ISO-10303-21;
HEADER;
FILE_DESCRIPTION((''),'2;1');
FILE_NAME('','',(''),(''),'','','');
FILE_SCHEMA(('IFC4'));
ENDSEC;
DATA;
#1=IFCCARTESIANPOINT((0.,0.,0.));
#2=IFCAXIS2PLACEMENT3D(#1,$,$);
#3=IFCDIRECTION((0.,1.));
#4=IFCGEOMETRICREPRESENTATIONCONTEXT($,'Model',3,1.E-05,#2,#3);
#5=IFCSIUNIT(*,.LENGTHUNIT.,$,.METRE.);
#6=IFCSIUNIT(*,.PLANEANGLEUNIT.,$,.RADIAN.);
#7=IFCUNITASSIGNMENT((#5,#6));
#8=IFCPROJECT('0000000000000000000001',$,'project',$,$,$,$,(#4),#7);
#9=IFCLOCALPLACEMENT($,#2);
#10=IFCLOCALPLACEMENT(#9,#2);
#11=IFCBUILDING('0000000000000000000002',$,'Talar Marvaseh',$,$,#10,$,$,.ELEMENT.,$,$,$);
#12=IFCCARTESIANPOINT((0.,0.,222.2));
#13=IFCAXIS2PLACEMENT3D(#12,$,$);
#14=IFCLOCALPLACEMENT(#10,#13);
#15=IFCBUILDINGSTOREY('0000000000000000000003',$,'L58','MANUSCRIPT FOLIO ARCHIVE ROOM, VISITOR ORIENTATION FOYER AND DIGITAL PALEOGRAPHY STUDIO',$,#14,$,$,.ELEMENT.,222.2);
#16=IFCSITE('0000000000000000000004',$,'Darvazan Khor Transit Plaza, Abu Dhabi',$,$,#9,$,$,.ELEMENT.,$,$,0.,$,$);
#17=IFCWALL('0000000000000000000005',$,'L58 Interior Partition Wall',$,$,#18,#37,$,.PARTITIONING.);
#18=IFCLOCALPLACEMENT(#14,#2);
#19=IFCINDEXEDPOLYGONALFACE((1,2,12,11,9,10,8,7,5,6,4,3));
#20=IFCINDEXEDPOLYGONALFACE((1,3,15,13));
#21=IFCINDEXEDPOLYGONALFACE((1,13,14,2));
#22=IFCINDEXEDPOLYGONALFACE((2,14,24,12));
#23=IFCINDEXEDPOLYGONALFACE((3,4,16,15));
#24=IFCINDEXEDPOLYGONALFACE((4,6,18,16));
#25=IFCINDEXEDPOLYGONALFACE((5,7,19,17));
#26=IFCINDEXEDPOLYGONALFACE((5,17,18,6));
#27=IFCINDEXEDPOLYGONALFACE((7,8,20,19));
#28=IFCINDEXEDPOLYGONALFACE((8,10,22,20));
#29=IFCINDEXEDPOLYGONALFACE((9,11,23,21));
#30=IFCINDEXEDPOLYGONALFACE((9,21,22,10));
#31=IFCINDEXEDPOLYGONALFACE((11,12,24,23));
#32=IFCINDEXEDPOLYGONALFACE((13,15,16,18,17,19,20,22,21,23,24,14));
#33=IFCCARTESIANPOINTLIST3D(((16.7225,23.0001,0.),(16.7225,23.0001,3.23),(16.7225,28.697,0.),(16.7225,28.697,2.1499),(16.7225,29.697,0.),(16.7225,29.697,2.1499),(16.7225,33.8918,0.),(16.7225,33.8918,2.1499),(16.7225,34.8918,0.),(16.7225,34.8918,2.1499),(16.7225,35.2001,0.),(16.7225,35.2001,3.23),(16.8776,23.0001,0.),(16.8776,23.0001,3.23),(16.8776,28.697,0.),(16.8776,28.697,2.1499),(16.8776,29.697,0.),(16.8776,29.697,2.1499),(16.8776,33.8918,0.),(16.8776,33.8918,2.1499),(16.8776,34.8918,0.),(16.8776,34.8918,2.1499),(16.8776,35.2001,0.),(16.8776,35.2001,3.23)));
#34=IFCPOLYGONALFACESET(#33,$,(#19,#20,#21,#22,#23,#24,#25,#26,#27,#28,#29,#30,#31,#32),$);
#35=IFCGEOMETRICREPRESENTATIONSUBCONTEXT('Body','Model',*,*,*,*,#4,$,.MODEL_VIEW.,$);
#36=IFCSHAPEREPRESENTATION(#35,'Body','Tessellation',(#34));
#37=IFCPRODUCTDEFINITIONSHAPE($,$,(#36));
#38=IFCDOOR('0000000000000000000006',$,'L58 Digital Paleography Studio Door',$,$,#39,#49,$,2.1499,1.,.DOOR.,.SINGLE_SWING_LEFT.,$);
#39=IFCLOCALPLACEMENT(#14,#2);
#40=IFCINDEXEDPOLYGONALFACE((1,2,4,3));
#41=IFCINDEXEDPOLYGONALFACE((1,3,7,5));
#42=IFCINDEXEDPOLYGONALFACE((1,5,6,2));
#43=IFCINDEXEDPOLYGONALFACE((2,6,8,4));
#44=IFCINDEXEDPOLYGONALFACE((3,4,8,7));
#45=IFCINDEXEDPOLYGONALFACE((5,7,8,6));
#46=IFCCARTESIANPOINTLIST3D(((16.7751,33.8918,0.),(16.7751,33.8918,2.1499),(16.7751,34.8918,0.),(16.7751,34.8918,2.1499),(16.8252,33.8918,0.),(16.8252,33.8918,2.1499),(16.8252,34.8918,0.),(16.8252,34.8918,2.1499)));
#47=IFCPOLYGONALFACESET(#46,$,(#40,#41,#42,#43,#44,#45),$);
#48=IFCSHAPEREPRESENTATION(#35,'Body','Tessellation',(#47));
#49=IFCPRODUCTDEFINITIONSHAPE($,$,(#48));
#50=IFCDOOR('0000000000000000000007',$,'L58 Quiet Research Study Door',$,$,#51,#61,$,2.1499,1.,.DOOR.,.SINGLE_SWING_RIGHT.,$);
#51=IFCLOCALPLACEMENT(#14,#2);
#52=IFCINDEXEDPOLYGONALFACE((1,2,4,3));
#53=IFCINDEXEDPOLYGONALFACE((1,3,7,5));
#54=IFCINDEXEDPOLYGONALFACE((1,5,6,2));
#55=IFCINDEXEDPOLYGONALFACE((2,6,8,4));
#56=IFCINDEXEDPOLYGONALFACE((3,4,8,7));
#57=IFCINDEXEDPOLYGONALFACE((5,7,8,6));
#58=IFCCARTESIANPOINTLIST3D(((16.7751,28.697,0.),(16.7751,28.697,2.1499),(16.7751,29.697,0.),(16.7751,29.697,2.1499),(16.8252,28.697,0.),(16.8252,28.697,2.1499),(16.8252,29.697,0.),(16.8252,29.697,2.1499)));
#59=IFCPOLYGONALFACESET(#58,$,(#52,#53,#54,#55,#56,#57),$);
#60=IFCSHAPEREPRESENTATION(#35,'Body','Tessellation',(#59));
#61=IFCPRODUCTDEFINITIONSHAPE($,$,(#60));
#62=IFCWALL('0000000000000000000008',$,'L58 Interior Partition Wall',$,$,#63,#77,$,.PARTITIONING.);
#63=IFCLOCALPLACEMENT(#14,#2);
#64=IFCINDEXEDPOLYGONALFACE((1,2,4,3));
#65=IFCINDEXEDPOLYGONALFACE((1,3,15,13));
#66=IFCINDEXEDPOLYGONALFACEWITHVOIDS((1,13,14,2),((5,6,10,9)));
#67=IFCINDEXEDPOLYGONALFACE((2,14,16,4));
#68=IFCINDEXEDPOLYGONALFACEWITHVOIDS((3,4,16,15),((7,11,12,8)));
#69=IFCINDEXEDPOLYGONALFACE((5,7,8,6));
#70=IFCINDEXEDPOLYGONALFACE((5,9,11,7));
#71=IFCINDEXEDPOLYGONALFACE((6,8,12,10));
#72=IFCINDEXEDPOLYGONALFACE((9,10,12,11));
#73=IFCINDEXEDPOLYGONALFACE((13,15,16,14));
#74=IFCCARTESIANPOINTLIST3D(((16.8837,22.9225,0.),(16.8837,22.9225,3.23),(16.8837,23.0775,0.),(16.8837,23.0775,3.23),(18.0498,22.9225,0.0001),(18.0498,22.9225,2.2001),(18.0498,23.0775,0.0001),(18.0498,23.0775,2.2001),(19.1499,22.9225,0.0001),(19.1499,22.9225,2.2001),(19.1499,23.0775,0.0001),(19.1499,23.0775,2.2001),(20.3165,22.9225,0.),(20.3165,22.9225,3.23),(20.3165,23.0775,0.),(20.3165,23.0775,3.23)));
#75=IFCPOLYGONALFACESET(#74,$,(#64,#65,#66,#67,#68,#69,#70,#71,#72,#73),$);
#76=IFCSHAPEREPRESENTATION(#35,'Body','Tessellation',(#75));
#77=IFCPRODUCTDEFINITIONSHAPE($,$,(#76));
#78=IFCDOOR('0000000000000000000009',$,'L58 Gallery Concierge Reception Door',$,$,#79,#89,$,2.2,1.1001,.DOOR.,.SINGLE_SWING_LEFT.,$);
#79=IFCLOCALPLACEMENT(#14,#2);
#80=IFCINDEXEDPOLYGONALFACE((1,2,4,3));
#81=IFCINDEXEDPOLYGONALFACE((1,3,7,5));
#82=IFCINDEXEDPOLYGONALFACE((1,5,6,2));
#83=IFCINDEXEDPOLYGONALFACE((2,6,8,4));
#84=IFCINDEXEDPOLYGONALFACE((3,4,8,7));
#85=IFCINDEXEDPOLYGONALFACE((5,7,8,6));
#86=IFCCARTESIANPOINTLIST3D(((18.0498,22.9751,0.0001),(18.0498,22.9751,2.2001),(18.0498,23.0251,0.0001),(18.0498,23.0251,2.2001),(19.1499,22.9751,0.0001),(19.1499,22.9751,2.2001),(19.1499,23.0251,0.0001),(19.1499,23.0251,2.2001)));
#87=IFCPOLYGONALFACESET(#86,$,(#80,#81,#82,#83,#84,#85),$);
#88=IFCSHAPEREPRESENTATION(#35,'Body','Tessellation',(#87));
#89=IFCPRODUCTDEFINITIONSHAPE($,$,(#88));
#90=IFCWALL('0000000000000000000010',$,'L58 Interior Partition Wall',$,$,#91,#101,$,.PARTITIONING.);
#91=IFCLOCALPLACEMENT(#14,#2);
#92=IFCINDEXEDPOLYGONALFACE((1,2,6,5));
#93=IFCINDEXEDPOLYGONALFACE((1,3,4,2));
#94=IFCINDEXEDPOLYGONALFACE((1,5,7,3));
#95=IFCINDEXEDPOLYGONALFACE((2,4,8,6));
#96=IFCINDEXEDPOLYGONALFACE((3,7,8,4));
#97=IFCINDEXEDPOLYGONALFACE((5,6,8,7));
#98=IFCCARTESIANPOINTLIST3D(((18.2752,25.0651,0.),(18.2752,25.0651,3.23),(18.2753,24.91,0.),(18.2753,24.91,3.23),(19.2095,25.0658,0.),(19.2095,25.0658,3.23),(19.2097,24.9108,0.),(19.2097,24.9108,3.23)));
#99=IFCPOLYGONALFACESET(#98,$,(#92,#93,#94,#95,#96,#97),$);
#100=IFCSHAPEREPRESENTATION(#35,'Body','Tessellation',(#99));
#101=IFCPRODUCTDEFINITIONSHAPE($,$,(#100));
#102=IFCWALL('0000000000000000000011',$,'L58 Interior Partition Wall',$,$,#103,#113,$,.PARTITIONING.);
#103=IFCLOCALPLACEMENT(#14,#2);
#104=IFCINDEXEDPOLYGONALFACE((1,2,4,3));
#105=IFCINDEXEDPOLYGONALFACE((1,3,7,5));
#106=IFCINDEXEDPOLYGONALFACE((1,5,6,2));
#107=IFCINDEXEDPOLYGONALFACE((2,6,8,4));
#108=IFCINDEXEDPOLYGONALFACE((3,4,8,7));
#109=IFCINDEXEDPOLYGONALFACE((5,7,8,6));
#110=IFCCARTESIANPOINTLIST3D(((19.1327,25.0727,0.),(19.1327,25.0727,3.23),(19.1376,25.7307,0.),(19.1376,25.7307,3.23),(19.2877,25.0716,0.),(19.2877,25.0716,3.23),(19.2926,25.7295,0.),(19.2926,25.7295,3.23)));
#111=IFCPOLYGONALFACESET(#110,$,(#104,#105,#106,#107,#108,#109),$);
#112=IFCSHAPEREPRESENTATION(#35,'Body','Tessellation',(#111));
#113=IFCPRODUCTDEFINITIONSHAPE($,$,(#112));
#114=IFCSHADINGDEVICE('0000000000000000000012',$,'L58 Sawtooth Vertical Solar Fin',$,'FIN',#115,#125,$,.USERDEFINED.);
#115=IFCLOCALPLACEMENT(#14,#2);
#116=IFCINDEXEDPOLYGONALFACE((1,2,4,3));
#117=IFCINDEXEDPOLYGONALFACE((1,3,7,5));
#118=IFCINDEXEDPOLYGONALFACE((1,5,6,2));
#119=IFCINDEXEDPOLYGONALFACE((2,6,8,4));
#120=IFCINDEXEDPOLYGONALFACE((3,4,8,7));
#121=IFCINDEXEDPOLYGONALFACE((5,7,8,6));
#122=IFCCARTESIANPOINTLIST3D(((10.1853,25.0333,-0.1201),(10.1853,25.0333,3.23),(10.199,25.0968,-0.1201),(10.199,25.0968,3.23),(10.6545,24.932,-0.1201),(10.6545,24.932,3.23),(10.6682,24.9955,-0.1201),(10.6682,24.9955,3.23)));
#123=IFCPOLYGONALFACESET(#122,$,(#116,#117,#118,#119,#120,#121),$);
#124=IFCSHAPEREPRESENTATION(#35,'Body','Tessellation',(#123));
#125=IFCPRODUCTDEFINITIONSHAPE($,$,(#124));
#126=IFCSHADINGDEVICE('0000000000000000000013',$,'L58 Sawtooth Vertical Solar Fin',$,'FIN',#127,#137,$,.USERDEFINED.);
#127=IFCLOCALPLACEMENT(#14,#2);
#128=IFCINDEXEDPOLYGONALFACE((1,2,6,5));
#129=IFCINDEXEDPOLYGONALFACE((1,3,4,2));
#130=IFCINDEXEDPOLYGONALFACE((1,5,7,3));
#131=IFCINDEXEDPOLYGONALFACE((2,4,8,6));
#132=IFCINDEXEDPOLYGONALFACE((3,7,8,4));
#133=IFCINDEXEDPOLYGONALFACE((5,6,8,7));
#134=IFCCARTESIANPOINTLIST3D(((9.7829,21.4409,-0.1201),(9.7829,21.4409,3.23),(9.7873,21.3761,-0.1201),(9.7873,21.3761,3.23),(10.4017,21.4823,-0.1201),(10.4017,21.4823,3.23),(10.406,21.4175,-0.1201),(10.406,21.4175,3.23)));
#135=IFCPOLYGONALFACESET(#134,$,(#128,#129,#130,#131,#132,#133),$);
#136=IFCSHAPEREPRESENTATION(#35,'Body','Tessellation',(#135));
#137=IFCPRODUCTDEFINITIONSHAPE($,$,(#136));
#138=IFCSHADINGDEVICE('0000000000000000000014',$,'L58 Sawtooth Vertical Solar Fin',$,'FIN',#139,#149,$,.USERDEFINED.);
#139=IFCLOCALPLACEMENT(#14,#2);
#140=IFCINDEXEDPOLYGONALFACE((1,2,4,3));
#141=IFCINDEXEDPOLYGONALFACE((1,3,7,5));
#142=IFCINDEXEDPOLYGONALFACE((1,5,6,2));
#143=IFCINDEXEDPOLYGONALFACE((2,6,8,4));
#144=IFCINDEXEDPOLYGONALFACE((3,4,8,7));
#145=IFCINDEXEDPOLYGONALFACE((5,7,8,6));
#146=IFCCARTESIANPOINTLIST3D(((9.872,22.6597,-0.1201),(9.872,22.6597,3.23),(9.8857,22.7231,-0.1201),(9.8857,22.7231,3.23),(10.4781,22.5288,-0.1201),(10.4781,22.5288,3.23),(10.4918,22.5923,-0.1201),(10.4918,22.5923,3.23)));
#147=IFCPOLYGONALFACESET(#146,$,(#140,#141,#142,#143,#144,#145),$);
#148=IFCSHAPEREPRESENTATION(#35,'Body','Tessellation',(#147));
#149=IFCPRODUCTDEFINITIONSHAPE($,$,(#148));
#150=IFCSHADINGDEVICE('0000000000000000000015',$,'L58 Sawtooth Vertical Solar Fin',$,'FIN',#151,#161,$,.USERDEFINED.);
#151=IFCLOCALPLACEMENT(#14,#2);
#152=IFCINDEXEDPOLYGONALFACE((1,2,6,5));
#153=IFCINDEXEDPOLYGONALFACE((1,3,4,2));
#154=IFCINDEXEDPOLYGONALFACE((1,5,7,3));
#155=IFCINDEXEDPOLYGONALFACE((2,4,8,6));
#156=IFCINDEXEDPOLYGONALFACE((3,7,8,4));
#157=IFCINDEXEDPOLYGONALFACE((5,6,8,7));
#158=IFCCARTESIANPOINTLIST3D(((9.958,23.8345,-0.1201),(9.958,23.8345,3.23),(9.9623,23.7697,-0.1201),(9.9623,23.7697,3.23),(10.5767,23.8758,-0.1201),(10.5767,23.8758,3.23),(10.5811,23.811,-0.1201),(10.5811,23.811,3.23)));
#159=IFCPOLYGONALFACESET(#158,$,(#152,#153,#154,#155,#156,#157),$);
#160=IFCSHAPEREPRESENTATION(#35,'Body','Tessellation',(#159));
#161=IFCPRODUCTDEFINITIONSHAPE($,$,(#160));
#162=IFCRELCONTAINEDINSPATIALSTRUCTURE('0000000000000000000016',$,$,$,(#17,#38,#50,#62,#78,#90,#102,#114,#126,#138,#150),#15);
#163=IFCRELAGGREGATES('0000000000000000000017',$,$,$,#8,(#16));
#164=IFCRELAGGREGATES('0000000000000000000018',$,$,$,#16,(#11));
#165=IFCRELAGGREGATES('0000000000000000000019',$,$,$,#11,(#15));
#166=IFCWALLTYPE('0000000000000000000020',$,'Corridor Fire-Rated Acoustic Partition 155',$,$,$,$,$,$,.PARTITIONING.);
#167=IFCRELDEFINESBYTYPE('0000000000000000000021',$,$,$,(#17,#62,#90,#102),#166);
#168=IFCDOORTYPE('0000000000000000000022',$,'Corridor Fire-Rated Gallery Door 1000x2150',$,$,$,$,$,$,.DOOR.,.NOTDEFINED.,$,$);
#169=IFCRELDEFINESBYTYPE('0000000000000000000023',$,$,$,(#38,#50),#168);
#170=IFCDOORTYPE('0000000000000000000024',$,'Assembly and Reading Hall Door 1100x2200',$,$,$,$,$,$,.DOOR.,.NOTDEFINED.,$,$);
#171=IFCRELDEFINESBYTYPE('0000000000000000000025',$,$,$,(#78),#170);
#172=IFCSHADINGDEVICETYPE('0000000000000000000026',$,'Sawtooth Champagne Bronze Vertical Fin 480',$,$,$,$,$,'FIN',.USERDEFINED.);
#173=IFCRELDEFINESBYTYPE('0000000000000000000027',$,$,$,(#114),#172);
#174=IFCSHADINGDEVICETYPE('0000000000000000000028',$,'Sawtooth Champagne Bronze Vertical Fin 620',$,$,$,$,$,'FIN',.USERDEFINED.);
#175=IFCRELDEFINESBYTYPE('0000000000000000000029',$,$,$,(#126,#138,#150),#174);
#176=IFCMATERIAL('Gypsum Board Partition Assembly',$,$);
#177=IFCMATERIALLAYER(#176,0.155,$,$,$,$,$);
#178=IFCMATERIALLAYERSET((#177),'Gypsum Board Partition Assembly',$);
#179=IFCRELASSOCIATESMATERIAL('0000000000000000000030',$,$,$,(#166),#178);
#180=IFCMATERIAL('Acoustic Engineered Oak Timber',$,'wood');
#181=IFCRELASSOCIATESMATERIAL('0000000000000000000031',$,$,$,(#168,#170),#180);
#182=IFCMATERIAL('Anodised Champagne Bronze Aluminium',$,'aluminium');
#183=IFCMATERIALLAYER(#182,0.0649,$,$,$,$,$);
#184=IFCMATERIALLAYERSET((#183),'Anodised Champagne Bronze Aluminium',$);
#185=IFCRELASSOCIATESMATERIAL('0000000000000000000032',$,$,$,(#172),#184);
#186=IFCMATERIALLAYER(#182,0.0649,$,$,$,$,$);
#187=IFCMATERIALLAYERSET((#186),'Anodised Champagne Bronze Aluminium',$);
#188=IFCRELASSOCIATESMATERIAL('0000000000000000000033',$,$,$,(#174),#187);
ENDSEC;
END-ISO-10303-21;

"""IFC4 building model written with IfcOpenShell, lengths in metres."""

from ifc_helpers import new_model, si_unit, direction, frame, frame_2d, origin, origin_2d, place, context, subcontext, project, spatial, rectangle, extrude, source, transform, mapped, material, layer, layer_set, type_object, type_shapes, element, fill, save


model = new_model("IFC4")

# Units and contexts
model_context = context("Model", 3, precision=1e-05, world=origin(), true_north=direction((0.0, 1.0)))
body_context = subcontext(model_context, "Body", "Model", "MODEL_VIEW")
ifc_project = project(units=[si_unit("LENGTHUNIT", "METRE"), si_unit("PLANEANGLEUNIT", "RADIAN")], contexts=[model_context])

# Site, building, storey
site_placement = place(None, origin())
site = spatial("IfcSite", under=ifc_project, at=site_placement, Name="Darvazan Khor Transit Plaza, Abu Dhabi", CompositionType="ELEMENT", RefElevation=0.0)
building_placement = place(site_placement, origin())
building = spatial("IfcBuilding", under=site, at=building_placement, Name="Talar Marvaseh", CompositionType="ELEMENT")
storey_placement = place(building_placement, frame((0.0, 0.0, 222.2)))
storey = spatial("IfcBuildingStorey", under=building, at=storey_placement, Name="L58", Description="MANUSCRIPT FOLIO ARCHIVE ROOM, VISITOR ORIENTATION FOYER AND DIGITAL PALEOGRAPHY STUDIO", CompositionType="ELEMENT", Elevation=222.2)

# Wall, openings, doors
ifc_material_1 = material(Name="Gypsum Board Partition Assembly")
ifc_layer_1 = layer(ifc_material_1, 0.155)
ifc_layer_set_1 = layer_set([ifc_layer_1], Name="Gypsum Board Partition Assembly")
wall_type = type_object("IfcWallType", Name="Corridor Fire-Rated Acoustic Partition 155", PredefinedType="PARTITIONING", material=ifc_layer_set_1)
wall_1_placement = place(storey_placement, frame((16.8, 23.0, 0.0), z_axis=(0.0, 0.0, 1.0), x_axis=(0.0, 1.0, 0.0)))
wall_1 = element("IfcWall", 1, at=wall_1_placement, inside=storey, type_object=wall_type, Name="L58 Interior Partition Wall", PredefinedType="PARTITIONING", context=body_context, shape_type="SweptSolid", body=[
    extrude(rectangle(XDim=12.2, YDim=0.155, at=frame_2d((6.1001, 0.0))), origin(), (0.0, 0.0, 1.0), 3.23),
])
opening_1_placement = place(wall_1_placement, frame((10.8918, 0.0, 0.0)))
opening_1 = element("IfcOpeningElement", 2, at=opening_1_placement, cuts=wall_1, PredefinedType="OPENING", context=body_context, shape_type="SweptSolid", body=[
    extrude(rectangle(XDim=1.0, YDim=2.1499, at=frame_2d((0.5, 1.075))), frame((0.0, 0.0874, 0.0), z_axis=(0.0, -1.0, 0.0), x_axis=(1.0, 0.0, 0.0)), (0.0, 0.0, 1.0), 0.175),
])
opening_2_placement = place(wall_1_placement, frame((5.697, 0.0, 0.0)))
opening_2 = element("IfcOpeningElement", 3, at=opening_2_placement, cuts=wall_1, PredefinedType="OPENING", context=body_context, shape_type="SweptSolid", body=[
    extrude(rectangle(XDim=1.0, YDim=2.1499, at=frame_2d((0.5, 1.075))), frame((0.0, 0.0874, 0.0), z_axis=(0.0, -1.0, 0.0), x_axis=(1.0, 0.0, 0.0)), (0.0, 0.0, 1.0), 0.175),
])
ifc_material_2 = material(Name="Acoustic Engineered Oak Timber", Category="wood")
door_type_1 = type_object("IfcDoorType", Name="Corridor Fire-Rated Gallery Door 1000x2150", OperationType="NOTDEFINED", PredefinedType="DOOR", material=ifc_material_2)
shared_shape_1 = source(origin(), body_context, "Body", "SweptSolid", [
    extrude(rectangle(XDim=1.0, YDim=2.1499, at=frame_2d((0.5, 1.075))), frame((0.0, 0.0249, 0.0), z_axis=(0.0, -1.0, 0.0), x_axis=(1.0, 0.0, 0.0)), (0.0, 0.0, 1.0), 0.05),
])
type_shapes(door_type_1, [shared_shape_1])
door_1_placement = place(opening_1_placement, origin())
door_1 = element("IfcDoor", 4, at=door_1_placement, inside=storey, type_object=door_type_1, Name="L58 Digital Paleography Studio Door", OperationType="SINGLE_SWING_LEFT", OverallHeight=2.1499, OverallWidth=1.0, PredefinedType="DOOR", context=body_context, shape_type="MappedRepresentation", body=[
    mapped(shared_shape_1, transform((0.0, 0.0, 0.0), x_axis=(1.0, 0.0, 0.0), y_axis=(0.0, 1.0, 0.0), z_axis=(0.0, 0.0, 1.0), scale=1.0)),
])
fill(opening_1, door_1)
door_2_placement = place(opening_2_placement, origin())
door_2 = element("IfcDoor", 5, at=door_2_placement, inside=storey, type_object=door_type_1, Name="L58 Quiet Research Study Door", OperationType="SINGLE_SWING_RIGHT", OverallHeight=2.1499, OverallWidth=1.0, PredefinedType="DOOR", context=body_context, shape_type="MappedRepresentation", body=[
    mapped(shared_shape_1, transform((0.0, 0.0, 0.0), x_axis=(1.0, 0.0, 0.0), y_axis=(0.0, 1.0, 0.0), z_axis=(0.0, 0.0, 1.0), scale=1.0)),
])
fill(opening_2, door_2)

# Wall, opening, door
wall_2_placement = place(storey_placement, frame((20.3164, 23.0, 0.0), z_axis=(0.0, 0.0, 1.0), x_axis=(-1.0, 0.0, 0.0)))
wall_2 = element("IfcWall", 6, at=wall_2_placement, inside=storey, type_object=wall_type, Name="L58 Interior Partition Wall", PredefinedType="PARTITIONING", context=body_context, shape_type="SweptSolid", body=[
    extrude(rectangle(XDim=3.4329, YDim=0.155, at=frame_2d((1.7163, 0.0))), origin(), (0.0, 0.0, 1.0), 3.23),
])
opening_3_placement = place(wall_2_placement, frame((1.1665, 0.0, 0.0)))
opening_3 = element("IfcOpeningElement", 7, at=opening_3_placement, cuts=wall_2, PredefinedType="OPENING", context=body_context, shape_type="SweptSolid", body=[
    extrude(rectangle(XDim=1.1001, YDim=2.2, at=frame_2d((0.55, 1.1001))), frame((0.0, 0.0874, 0.0), z_axis=(0.0, -1.0, 0.0), x_axis=(1.0, 0.0, 0.0)), (0.0, 0.0, 1.0), 0.175),
])
door_type_2 = type_object("IfcDoorType", Name="Assembly and Reading Hall Door 1100x2200", OperationType="NOTDEFINED", PredefinedType="DOOR", material=ifc_material_2)
shared_shape_2 = source(origin(), body_context, "Body", "SweptSolid", [
    extrude(rectangle(XDim=1.1001, YDim=2.2, at=frame_2d((0.55, 1.1001))), frame((0.0, 0.0249, 0.0), z_axis=(0.0, -1.0, 0.0), x_axis=(1.0, 0.0, 0.0)), (0.0, 0.0, 1.0), 0.05),
])
type_shapes(door_type_2, [shared_shape_2])
door_3_placement = place(opening_3_placement, origin())
door_3 = element("IfcDoor", 8, at=door_3_placement, inside=storey, type_object=door_type_2, Name="L58 Gallery Concierge Reception Door", OperationType="SINGLE_SWING_LEFT", OverallHeight=2.2, OverallWidth=1.1001, PredefinedType="DOOR", context=body_context, shape_type="MappedRepresentation", body=[
    mapped(shared_shape_2, transform((0.0, 0.0, 0.0), x_axis=(1.0, 0.0, 0.0), y_axis=(0.0, 1.0, 0.0), z_axis=(0.0, 0.0, 1.0), scale=1.0)),
])
fill(opening_3, door_3)

# Walls
wall_3_placement = place(storey_placement, frame((18.2751, 24.9875, 0.0), z_axis=(0.0, 0.0, 1.0), x_axis=(1.0, 0.000784, 0.0)))
element("IfcWall", 9, at=wall_3_placement, inside=storey, type_object=wall_type, Name="L58 Interior Partition Wall", PredefinedType="PARTITIONING", context=body_context, shape_type="SweptSolid", body=[
    extrude(rectangle(XDim=0.9343, YDim=0.155, at=frame_2d((0.4673, 0.0))), origin(), (0.0, 0.0, 1.0), 3.23),
])
wall_4_placement = place(storey_placement, frame((19.2102, 25.072, 0.0), z_axis=(0.0, 0.0, 1.0), x_axis=(0.007421, 0.999972, 0.0)))
element("IfcWall", 10, at=wall_4_placement, inside=storey, type_object=wall_type, Name="L58 Interior Partition Wall", PredefinedType="PARTITIONING", context=body_context, shape_type="SweptSolid", body=[
    extrude(rectangle(XDim=0.658, YDim=0.155, at=frame_2d((0.3291, 0.0))), origin(), (0.0, 0.0, 1.0), 3.23),
])

# Shading devices
ifc_material_3 = material(Name="Anodised Champagne Bronze Aluminium", Category="aluminium")
ifc_layer_2 = layer(ifc_material_3, 0.0649)
ifc_layer_set_2 = layer_set([ifc_layer_2], Name="Anodised Champagne Bronze Aluminium")
shading_device_type_1 = type_object("IfcShadingDeviceType", Name="Sawtooth Champagne Bronze Vertical Fin 480", ElementType="FIN", PredefinedType="USERDEFINED", material=ifc_layer_set_2)
shared_shape_3 = source(origin(), body_context, "Body", "SweptSolid", [
    extrude(rectangle(XDim=0.48, YDim=0.0649, at=origin_2d()), origin(), (0.0, 0.0, 1.0), 3.3501),
])
type_shapes(shading_device_type_1, [shared_shape_3])
shading_device_placement = place(storey_placement, frame((10.4268, 25.0144, -0.1201), z_axis=(0.0, 0.0, 1.0), x_axis=(-0.97749, 0.210984, 0.0)))
element("IfcShadingDevice", 11, at=shading_device_placement, inside=storey, type_object=shading_device_type_1, Name="L58 Sawtooth Vertical Solar Fin", ObjectType="FIN", PredefinedType="USERDEFINED", context=body_context, shape_type="MappedRepresentation", body=[
    mapped(shared_shape_3, transform((0.0, 0.0, 0.0), x_axis=(1.0, 0.0, 0.0), y_axis=(0.0, 1.0, 0.0), z_axis=(0.0, 0.0, 1.0), scale=1.0)),
])
ifc_layer_3 = layer(ifc_material_3, 0.0649)
ifc_layer_set_3 = layer_set([ifc_layer_3], Name="Anodised Champagne Bronze Aluminium")
shading_device_type_2 = type_object("IfcShadingDeviceType", Name="Sawtooth Champagne Bronze Vertical Fin 620", ElementType="FIN", PredefinedType="USERDEFINED", material=ifc_layer_set_3)
shared_shape_4 = source(origin(), body_context, "Body", "SweptSolid", [
    extrude(rectangle(XDim=0.6201, YDim=0.0649, at=origin_2d()), origin(), (0.0, 0.0, 1.0), 3.3501),
])
type_shapes(shading_device_type_2, [shared_shape_4])
for number, where, z_axis, x_axis, name in (
    (12, (10.0945, 21.4292, -0.1201), (0.0, 0.0, 1.0), (-0.997778, -0.066622, 0.0), "L58 Sawtooth Vertical Solar Fin"),
    (13, (10.1819, 22.626, -0.1201), (0.0, 0.0, 1.0), (-0.97749, 0.210984, 0.0), "L58 Sawtooth Vertical Solar Fin"),
    (14, (10.2695, 23.8228, -0.1201), (0.0, 0.0, 1.0), (-0.997778, -0.066622, 0.0), "L58 Sawtooth Vertical Solar Fin"),
):
    element("IfcShadingDevice", number, at=place(storey_placement, frame(where, z_axis=z_axis, x_axis=x_axis)), inside=storey, type_object=shading_device_type_2, Name=name, ObjectType="FIN", PredefinedType="USERDEFINED", context=body_context, shape_type="MappedRepresentation", body=[
        mapped(shared_shape_4, transform((0.0, 0.0, 0.0), x_axis=(1.0, 0.0, 0.0), y_axis=(0.0, 1.0, 0.0), z_axis=(0.0, 0.0, 1.0), scale=1.0)),
    ])

save(model, "model.ifc")
